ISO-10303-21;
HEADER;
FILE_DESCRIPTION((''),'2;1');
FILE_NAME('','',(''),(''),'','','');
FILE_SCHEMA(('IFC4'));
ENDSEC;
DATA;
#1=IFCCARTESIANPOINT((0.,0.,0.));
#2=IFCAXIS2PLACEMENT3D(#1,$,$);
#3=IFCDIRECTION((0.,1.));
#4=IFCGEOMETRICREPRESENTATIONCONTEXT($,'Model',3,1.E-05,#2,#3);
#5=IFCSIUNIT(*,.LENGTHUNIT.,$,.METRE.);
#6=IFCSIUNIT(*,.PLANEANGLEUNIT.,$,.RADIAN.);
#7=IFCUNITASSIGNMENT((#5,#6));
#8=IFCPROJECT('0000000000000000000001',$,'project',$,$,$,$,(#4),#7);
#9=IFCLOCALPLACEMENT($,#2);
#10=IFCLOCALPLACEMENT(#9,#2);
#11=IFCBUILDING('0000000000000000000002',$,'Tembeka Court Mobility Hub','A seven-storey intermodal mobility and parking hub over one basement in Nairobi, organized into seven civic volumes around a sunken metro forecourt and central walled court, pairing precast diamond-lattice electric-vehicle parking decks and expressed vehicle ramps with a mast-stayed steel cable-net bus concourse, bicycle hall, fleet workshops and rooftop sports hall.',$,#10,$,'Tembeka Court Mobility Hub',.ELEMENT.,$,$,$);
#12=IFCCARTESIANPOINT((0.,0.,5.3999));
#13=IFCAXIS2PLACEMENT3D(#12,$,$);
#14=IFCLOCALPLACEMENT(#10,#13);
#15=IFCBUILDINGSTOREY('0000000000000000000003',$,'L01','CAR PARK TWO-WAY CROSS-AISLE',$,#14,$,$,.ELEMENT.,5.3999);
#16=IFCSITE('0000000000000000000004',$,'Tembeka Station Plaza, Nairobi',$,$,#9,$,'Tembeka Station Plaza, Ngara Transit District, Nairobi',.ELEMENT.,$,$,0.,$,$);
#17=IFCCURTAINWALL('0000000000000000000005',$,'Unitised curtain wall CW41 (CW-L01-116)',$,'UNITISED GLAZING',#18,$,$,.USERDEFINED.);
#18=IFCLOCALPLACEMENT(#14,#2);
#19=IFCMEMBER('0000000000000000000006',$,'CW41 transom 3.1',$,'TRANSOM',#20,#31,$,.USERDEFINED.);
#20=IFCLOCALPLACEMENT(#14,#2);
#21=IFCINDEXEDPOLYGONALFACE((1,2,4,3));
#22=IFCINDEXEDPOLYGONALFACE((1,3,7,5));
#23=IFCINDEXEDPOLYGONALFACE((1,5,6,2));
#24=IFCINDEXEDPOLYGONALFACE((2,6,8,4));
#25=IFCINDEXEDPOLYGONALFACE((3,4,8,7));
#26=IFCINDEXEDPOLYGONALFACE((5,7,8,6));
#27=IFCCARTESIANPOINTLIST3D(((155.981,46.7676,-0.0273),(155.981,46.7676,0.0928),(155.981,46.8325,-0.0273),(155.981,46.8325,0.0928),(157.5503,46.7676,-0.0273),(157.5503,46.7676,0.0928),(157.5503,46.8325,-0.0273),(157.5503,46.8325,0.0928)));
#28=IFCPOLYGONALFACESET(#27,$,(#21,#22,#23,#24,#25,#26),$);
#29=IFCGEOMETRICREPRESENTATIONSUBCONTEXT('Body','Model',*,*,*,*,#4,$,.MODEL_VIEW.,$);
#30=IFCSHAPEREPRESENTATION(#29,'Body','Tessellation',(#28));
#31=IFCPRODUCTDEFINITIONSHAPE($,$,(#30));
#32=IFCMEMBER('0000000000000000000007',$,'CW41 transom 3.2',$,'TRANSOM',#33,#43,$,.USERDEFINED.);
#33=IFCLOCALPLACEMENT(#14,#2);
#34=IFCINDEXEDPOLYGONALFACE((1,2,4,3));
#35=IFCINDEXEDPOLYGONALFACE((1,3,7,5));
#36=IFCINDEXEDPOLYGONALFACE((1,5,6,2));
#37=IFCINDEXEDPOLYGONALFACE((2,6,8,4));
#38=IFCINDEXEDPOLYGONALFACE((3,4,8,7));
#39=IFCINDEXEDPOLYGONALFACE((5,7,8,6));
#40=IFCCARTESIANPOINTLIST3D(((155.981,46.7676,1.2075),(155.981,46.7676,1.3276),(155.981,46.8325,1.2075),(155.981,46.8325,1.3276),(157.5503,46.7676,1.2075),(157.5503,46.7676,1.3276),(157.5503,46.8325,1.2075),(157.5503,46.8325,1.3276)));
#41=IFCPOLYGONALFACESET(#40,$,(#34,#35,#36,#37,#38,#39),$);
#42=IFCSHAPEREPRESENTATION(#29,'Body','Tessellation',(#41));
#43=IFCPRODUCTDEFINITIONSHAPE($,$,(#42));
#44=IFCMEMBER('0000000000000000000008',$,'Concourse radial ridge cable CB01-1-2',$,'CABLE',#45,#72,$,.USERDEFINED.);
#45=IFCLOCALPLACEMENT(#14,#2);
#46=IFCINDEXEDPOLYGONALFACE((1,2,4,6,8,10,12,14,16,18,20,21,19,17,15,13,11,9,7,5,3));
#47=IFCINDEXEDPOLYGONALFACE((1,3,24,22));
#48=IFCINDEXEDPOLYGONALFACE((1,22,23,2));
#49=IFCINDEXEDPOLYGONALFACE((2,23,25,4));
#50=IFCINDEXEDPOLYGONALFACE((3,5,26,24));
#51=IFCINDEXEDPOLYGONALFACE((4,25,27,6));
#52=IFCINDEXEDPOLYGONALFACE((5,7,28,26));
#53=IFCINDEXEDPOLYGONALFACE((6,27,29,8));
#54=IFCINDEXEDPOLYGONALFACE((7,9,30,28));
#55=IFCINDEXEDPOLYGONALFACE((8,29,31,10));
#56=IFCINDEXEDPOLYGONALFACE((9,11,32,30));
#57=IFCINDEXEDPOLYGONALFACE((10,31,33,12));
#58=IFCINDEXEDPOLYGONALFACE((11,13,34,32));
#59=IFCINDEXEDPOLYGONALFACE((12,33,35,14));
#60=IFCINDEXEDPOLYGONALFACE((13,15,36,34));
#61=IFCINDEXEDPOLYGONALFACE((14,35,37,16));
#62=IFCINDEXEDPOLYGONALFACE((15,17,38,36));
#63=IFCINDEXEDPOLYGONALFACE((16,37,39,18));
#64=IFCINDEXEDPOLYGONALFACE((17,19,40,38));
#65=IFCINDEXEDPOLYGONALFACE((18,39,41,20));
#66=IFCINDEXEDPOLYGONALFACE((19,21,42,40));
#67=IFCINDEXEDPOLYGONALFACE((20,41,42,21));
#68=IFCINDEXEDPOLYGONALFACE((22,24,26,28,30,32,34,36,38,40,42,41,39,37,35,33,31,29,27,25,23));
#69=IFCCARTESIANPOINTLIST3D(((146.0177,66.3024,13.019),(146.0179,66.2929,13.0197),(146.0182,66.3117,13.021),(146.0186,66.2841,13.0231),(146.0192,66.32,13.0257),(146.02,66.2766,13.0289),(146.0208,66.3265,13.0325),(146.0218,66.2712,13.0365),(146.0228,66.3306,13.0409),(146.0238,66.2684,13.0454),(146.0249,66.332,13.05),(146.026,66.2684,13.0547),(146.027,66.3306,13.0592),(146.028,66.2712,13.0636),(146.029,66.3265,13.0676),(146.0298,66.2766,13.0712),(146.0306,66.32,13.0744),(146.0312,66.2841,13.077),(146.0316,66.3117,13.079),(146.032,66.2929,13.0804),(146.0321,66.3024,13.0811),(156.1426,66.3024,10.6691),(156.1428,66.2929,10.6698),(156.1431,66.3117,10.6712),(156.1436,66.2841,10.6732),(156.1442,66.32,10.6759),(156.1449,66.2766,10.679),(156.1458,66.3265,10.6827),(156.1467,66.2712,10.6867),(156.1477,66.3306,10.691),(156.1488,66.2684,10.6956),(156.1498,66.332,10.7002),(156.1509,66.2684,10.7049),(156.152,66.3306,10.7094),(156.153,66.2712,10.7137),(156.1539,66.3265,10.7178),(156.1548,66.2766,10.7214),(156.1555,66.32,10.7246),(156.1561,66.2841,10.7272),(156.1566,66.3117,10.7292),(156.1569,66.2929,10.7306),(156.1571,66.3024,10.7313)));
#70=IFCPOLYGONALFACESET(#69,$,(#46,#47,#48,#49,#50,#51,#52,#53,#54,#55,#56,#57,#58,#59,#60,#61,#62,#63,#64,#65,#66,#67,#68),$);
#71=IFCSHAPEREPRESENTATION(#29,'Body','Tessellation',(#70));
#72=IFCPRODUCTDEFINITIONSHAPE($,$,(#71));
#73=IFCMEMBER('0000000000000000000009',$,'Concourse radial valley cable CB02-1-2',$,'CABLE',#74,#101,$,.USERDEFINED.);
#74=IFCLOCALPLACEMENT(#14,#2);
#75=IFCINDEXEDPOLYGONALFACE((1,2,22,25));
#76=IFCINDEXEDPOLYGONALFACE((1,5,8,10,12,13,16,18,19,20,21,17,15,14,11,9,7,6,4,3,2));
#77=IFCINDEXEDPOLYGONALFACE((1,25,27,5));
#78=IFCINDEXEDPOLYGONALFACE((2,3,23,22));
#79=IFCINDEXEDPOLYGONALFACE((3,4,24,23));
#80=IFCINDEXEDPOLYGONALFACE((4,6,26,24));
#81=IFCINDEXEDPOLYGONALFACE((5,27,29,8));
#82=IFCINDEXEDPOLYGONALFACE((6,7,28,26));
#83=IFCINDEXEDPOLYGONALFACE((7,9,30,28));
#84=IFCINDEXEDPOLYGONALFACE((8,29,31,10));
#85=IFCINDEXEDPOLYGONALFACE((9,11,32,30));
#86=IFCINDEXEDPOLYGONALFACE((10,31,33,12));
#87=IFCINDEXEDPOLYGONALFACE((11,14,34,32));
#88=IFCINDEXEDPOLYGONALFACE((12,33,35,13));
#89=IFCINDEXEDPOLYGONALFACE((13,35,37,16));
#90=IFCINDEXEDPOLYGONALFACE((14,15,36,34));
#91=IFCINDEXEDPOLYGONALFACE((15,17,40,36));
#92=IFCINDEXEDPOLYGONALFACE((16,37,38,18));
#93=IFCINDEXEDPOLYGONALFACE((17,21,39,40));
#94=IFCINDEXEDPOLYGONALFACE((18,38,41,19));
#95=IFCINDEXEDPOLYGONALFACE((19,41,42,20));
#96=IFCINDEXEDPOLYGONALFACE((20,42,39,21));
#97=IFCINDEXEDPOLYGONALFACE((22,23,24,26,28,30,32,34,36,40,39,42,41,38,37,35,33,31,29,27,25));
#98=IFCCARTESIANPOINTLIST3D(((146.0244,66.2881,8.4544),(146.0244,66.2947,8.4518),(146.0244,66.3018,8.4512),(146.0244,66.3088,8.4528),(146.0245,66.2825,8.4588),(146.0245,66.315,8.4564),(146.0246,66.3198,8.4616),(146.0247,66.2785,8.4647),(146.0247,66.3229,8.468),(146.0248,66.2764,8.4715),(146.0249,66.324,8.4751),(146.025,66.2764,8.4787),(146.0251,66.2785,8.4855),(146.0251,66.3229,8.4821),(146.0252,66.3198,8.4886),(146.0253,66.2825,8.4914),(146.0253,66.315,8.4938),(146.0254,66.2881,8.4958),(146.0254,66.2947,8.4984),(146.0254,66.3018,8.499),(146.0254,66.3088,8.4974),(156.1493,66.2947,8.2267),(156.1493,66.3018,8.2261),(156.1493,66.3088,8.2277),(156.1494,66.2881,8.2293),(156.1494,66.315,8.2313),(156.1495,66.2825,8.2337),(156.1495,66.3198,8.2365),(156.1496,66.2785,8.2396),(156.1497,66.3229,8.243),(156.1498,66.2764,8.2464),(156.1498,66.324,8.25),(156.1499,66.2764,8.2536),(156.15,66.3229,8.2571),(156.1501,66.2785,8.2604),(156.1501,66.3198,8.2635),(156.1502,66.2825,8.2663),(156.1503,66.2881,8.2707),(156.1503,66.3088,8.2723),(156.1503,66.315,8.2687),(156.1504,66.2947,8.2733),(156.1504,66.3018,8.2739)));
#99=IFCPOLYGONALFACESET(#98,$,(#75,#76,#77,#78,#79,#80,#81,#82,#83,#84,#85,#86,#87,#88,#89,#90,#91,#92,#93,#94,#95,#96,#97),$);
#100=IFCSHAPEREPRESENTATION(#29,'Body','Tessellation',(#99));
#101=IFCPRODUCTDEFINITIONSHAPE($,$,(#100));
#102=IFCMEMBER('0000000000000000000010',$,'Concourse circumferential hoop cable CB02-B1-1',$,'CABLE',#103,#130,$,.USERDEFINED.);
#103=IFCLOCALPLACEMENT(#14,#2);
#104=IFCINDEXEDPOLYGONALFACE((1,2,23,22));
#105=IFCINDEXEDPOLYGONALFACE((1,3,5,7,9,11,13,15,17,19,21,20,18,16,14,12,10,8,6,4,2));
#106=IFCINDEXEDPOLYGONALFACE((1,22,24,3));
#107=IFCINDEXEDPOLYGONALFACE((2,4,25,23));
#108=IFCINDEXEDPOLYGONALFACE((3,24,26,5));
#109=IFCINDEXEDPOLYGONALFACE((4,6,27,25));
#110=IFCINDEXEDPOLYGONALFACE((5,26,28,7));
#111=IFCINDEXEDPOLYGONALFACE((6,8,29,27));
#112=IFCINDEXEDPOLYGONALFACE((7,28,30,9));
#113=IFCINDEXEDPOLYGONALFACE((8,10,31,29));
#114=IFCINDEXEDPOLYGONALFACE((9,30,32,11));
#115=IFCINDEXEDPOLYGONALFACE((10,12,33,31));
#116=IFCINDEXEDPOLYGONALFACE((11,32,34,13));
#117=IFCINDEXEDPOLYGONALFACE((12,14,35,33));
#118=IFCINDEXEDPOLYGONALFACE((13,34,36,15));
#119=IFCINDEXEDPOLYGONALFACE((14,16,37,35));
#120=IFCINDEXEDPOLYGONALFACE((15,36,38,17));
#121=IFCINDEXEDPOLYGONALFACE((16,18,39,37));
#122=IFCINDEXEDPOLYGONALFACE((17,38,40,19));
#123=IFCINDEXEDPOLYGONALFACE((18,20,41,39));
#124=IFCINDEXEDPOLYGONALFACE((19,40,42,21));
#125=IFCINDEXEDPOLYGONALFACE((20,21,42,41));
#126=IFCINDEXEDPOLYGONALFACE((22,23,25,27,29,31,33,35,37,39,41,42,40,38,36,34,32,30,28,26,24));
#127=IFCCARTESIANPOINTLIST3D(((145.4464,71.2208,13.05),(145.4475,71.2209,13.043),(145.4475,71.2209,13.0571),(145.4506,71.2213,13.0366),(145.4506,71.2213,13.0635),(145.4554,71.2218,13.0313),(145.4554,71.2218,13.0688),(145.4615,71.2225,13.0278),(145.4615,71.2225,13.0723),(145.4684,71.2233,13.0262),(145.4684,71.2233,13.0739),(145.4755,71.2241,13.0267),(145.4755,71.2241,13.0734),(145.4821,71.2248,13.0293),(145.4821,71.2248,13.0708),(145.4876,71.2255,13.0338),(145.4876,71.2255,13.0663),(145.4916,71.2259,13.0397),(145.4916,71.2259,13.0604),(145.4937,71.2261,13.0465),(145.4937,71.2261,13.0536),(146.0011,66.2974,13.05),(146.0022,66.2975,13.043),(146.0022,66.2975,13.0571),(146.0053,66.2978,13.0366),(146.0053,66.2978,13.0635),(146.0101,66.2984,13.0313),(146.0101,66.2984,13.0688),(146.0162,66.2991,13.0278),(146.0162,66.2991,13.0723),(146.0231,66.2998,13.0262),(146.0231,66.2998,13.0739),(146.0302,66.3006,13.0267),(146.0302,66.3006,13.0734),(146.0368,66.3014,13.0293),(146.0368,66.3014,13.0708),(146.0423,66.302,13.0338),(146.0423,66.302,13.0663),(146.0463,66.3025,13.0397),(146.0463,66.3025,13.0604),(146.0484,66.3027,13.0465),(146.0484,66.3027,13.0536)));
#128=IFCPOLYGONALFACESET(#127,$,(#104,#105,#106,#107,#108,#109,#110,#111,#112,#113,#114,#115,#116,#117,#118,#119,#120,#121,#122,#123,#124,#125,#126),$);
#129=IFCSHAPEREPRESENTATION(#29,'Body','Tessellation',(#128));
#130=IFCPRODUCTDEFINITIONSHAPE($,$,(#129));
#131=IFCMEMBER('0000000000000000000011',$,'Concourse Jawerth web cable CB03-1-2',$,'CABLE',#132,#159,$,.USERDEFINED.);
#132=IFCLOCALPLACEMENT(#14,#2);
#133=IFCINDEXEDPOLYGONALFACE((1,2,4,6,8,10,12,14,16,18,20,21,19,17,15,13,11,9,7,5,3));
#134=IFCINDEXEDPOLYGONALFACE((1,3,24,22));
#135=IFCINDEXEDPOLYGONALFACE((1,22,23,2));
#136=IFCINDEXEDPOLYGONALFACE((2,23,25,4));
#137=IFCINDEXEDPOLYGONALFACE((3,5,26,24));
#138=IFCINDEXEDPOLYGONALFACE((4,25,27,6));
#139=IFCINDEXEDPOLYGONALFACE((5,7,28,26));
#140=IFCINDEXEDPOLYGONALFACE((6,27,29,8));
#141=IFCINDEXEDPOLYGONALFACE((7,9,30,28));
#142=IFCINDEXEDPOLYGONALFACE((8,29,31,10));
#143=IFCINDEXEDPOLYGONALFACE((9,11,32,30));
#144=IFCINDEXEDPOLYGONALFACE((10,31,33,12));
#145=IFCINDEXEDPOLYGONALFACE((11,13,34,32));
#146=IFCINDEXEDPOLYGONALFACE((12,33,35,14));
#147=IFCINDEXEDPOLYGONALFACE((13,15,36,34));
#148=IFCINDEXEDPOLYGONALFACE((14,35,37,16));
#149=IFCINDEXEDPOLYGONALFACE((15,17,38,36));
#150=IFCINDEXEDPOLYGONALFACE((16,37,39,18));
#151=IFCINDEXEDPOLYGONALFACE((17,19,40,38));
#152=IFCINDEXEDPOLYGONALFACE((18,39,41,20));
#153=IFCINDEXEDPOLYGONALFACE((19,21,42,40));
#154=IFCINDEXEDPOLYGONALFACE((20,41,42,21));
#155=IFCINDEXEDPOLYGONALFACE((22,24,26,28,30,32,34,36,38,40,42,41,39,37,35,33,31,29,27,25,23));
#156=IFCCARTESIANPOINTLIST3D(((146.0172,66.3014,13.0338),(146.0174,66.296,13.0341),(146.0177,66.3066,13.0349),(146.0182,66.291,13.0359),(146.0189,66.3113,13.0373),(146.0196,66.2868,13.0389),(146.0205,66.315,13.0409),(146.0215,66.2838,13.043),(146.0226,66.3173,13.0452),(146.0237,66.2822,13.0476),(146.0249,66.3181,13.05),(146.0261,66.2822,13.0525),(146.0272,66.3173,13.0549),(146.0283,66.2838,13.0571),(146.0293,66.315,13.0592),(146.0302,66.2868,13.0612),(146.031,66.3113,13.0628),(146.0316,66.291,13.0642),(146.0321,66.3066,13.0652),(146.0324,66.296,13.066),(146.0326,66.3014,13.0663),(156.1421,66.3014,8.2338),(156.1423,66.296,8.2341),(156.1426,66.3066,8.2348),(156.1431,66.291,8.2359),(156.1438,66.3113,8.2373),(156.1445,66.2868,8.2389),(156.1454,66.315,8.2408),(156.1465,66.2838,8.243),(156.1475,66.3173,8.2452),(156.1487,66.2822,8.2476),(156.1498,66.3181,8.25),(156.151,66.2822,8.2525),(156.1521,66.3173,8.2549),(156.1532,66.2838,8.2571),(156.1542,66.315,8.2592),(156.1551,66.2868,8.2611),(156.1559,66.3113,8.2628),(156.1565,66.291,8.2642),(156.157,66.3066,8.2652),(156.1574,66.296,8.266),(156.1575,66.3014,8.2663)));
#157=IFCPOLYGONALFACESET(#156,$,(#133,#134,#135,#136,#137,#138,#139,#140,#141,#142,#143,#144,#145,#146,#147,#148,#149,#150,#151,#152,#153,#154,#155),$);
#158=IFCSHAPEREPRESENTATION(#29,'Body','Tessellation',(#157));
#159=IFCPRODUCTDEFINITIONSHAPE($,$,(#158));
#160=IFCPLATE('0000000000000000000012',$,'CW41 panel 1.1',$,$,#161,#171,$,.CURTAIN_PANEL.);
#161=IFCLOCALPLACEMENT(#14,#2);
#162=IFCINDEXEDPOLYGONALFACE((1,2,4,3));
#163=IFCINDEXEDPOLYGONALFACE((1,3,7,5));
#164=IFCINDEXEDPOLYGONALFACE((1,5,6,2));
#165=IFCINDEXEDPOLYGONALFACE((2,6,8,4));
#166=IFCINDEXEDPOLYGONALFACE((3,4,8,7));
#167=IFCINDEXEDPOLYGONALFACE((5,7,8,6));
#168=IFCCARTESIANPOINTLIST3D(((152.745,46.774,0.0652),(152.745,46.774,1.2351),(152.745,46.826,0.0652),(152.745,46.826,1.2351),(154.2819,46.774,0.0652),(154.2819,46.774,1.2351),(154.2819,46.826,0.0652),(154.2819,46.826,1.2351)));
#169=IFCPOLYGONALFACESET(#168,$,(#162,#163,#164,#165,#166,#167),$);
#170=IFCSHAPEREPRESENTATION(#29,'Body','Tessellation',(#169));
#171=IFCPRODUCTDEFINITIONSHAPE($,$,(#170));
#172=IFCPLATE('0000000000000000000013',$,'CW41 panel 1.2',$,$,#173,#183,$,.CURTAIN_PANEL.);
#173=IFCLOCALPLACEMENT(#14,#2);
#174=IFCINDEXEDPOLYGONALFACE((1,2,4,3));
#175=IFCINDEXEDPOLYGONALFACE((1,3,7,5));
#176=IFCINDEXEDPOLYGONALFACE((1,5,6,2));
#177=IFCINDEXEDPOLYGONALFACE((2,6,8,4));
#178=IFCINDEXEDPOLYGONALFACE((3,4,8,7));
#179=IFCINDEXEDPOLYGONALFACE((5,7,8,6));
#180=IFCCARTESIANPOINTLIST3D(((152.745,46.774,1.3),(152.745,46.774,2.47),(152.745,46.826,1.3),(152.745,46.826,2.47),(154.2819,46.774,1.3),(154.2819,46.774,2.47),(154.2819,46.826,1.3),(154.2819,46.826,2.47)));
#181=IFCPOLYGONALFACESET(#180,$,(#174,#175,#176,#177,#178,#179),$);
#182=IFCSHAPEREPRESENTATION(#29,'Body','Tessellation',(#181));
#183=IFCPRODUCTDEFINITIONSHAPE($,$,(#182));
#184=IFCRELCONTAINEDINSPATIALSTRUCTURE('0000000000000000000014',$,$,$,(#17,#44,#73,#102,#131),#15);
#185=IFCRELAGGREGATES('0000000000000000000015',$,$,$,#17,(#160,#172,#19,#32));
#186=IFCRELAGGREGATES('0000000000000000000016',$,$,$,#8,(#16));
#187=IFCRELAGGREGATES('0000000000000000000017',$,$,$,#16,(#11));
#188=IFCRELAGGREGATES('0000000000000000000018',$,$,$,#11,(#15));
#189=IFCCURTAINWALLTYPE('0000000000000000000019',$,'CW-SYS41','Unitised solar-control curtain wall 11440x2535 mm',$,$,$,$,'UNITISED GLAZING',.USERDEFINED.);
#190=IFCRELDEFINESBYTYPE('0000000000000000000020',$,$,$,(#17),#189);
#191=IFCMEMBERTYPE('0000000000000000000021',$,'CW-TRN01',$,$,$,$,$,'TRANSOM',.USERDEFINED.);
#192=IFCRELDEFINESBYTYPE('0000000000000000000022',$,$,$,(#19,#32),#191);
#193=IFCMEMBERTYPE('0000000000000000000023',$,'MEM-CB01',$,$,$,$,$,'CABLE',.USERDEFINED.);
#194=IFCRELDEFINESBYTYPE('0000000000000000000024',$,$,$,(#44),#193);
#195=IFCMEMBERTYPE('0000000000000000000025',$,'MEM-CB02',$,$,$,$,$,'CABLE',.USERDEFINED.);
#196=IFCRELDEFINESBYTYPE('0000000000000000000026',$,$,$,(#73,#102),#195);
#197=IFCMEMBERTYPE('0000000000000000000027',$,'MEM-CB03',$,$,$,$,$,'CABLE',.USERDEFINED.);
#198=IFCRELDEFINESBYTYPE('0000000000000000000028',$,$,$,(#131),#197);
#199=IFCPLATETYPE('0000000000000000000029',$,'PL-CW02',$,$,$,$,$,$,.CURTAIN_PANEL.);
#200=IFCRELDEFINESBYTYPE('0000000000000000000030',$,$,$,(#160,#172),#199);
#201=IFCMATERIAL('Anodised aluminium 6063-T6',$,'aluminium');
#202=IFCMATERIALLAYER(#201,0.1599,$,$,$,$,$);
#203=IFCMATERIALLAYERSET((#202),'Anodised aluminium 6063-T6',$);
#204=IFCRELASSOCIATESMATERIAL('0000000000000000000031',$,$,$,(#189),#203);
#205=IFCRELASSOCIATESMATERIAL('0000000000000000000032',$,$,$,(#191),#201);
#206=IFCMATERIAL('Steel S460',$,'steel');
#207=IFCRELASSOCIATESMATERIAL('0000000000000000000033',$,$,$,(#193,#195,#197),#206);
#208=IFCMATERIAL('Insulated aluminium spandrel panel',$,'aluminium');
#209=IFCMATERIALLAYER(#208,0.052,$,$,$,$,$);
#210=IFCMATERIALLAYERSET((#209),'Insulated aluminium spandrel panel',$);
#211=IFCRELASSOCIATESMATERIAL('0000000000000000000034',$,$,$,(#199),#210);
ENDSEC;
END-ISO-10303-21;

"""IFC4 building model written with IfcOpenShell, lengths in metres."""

from ifc_helpers import new_model, si_unit, direction, frame, origin, origin_2d, place, context, subcontext, project, spatial, rectangle, circle, extrude, material, layer, layer_set, material_profile, profile_set, type_object, element, aggregate, save


model = new_model("IFC4")

# Units and contexts
model_context = context("Model", 3, precision=1e-05, world=origin(), true_north=direction((0.0, 1.0)))
body_context = subcontext(model_context, "Body", "Model", "MODEL_VIEW")
ifc_project = project(units=[si_unit("LENGTHUNIT", "METRE"), si_unit("PLANEANGLEUNIT", "RADIAN")], contexts=[model_context])

# Site, building, storey
site_placement = place(None, origin())
site = spatial("IfcSite", under=ifc_project, at=site_placement, Name="Tembeka Station Plaza, Nairobi", LongName="Tembeka Station Plaza, Ngara Transit District, Nairobi", CompositionType="ELEMENT", RefElevation=0.0)
building_placement = place(site_placement, origin())
building = spatial("IfcBuilding", under=site, at=building_placement, Name="Tembeka Court Mobility Hub", Description="A seven-storey intermodal mobility and parking hub over one basement in Nairobi, organized into seven civic volumes around a sunken metro forecourt and central walled court, pairing precast diamond-lattice electric-vehicle parking decks and expressed vehicle ramps with a mast-stayed steel cable-net bus concourse, bicycle hall, fleet workshops and rooftop sports hall.", LongName="Tembeka Court Mobility Hub", CompositionType="ELEMENT")
storey_placement = place(building_placement, frame((0.0, 0.0, 5.3999)))
storey = spatial("IfcBuildingStorey", under=building, at=storey_placement, Name="L01", Description="CAR PARK TWO-WAY CROSS-AISLE", CompositionType="ELEMENT", Elevation=5.3999)

# Curtain wall, members
ifc_material_1 = material(Name="Anodised aluminium 6063-T6", Category="aluminium")
ifc_layer_1 = layer(ifc_material_1, 0.1599)
ifc_layer_set_1 = layer_set([ifc_layer_1], Name="Anodised aluminium 6063-T6")
curtain_wall_type = type_object("IfcCurtainWallType", Name="CW-SYS41", Description="Unitised solar-control curtain wall 11440x2535 mm", ElementType="UNITISED GLAZING", PredefinedType="USERDEFINED", material=ifc_layer_set_1)
curtain_wall_placement = place(storey_placement, origin())
curtain_wall = element("IfcCurtainWall", 1, at=curtain_wall_placement, inside=storey, type_object=curtain_wall_type, Name="Unitised curtain wall CW41 (CW-L01-116)", ObjectType="UNITISED GLAZING", PredefinedType="USERDEFINED")
ifc_material_profile_1 = material_profile(ifc_material_1, rectangle(XDim=0.0649, YDim=0.1201, at=origin_2d()), Name="ALU-TRN 65x120")
ifc_profile_set_1 = profile_set([ifc_material_profile_1], Name="Anodised aluminium 6063-T6")
member_type_1 = type_object("IfcMemberType", Name="CW-TRN01", ElementType="TRANSOM", PredefinedType="USERDEFINED", material=ifc_profile_set_1)
member_1_placement = place(storey_placement, frame((155.981, 46.8, 0.0327), z_axis=(1.0, 0.0, 0.0), x_axis=(0.0, 1.0, 0.0)))
member_1 = element("IfcMember", 2, at=member_1_placement, type_object=member_type_1, Name="CW41 transom 3.1", ObjectType="TRANSOM", PredefinedType="USERDEFINED", context=body_context, shape_type="SweptSolid", body=[
    extrude(rectangle(XDim=0.0649, YDim=0.1201, at=origin_2d()), origin(), (0.0, 0.0, 1.0), 1.5693),
])
member_2_placement = place(storey_placement, frame((155.981, 46.8, 1.2676), z_axis=(1.0, 0.0, 0.0), x_axis=(0.0, 1.0, 0.0)))
member_2 = element("IfcMember", 3, at=member_2_placement, type_object=member_type_1, Name="CW41 transom 3.2", ObjectType="TRANSOM", PredefinedType="USERDEFINED", context=body_context, shape_type="SweptSolid", body=[
    extrude(rectangle(XDim=0.0649, YDim=0.1201, at=origin_2d()), origin(), (0.0, 0.0, 1.0), 1.5693),
])

# Members
ifc_material_2 = material(Name="Steel S460", Category="steel")
ifc_material_profile_2 = material_profile(ifc_material_2, circle(Radius=0.032, at=origin_2d()), Name="CABLE D64")
ifc_profile_set_2 = profile_set([ifc_material_profile_2], Name="Steel S460")
member_type_2 = type_object("IfcMemberType", Name="MEM-CB01", ElementType="CABLE", PredefinedType="USERDEFINED", material=ifc_profile_set_2)
member_3_placement = place(storey_placement, frame((146.0249, 66.3, 13.05), z_axis=(0.97411, 0.0, -0.226076), x_axis=(0.0, 1.0, 0.0)))
element("IfcMember", 4, at=member_3_placement, inside=storey, type_object=member_type_2, Name="Concourse radial ridge cable CB01-1-2", ObjectType="CABLE", PredefinedType="USERDEFINED", context=body_context, shape_type="SweptSolid", body=[
    extrude(circle(Radius=0.032, at=origin_2d()), origin(), (0.0, 0.0, 1.0), 10.394),
])
ifc_material_profile_3 = material_profile(ifc_material_2, circle(Radius=0.0239, at=origin_2d()), Name="CABLE D48")
ifc_profile_set_3 = profile_set([ifc_material_profile_3], Name="Steel S460")
member_type_3 = type_object("IfcMemberType", Name="MEM-CB02", ElementType="CABLE", PredefinedType="USERDEFINED", material=ifc_profile_set_3)
member_4_placement = place(storey_placement, frame((146.0249, 66.3, 8.4751), z_axis=(0.999753, 0.0, -0.022226), x_axis=(0.0, 1.0, 0.0)))
element("IfcMember", 5, at=member_4_placement, inside=storey, type_object=member_type_3, Name="Concourse radial valley cable CB02-1-2", ObjectType="CABLE", PredefinedType="USERDEFINED", context=body_context, shape_type="SweptSolid", body=[
    extrude(circle(Radius=0.0239, at=origin_2d()), origin(), (0.0, 0.0, 1.0), 10.1274),
])
member_5_placement = place(storey_placement, frame((146.0249, 66.3, 13.05), z_axis=(-0.111957, 0.993713, 0.0), x_axis=(-0.993713, -0.111957, 0.0)))
element("IfcMember", 6, at=member_5_placement, inside=storey, type_object=member_type_3, Name="Concourse circumferential hoop cable CB02-B1-1", ObjectType="CABLE", PredefinedType="USERDEFINED", context=body_context, shape_type="SweptSolid", body=[
    extrude(circle(Radius=0.0239, at=origin_2d()), origin(), (0.0, 0.0, 1.0), 4.9546),
])
ifc_material_profile_4 = material_profile(ifc_material_2, circle(Radius=0.0181, at=origin_2d()), Name="CABLE D36")
ifc_profile_set_4 = profile_set([ifc_material_profile_4], Name="Steel S460")
member_type_4 = type_object("IfcMemberType", Name="MEM-CB03", ElementType="CABLE", PredefinedType="USERDEFINED", material=ifc_profile_set_4)
member_6_placement = place(storey_placement, frame((146.0249, 66.3, 13.05), z_axis=(0.9036, 0.0, -0.428378), x_axis=(0.0, 1.0, 0.0)))
element("IfcMember", 7, at=member_6_placement, inside=storey, type_object=member_type_4, Name="Concourse Jawerth web cable CB03-1-2", ObjectType="CABLE", PredefinedType="USERDEFINED", context=body_context, shape_type="SweptSolid", body=[
    extrude(circle(Radius=0.0181, at=origin_2d()), origin(), (0.0, 0.0, 1.0), 11.2051),
])

# Plates
ifc_material_3 = material(Name="Insulated aluminium spandrel panel", Category="aluminium")
ifc_layer_2 = layer(ifc_material_3, 0.052)
ifc_layer_set_2 = layer_set([ifc_layer_2], Name="Insulated aluminium spandrel panel")
plate_type = type_object("IfcPlateType", Name="PL-CW02", PredefinedType="CURTAIN_PANEL", material=ifc_layer_set_2)
plate_1_placement = place(storey_placement, frame((153.5134, 46.8, 0.0652), z_axis=(0.0, 0.0, 1.0), x_axis=(1.0, 0.0, 0.0)))
plate_1 = element("IfcPlate", 8, at=plate_1_placement, type_object=plate_type, Name="CW41 panel 1.1", PredefinedType="CURTAIN_PANEL", context=body_context, shape_type="SweptSolid", body=[
    extrude(rectangle(XDim=1.5369, YDim=0.052, at=origin_2d()), origin(), (0.0, 0.0, 1.0), 1.1699),
])
plate_2_placement = place(storey_placement, frame((153.5134, 46.8, 1.3), z_axis=(0.0, 0.0, 1.0), x_axis=(1.0, 0.0, 0.0)))
plate_2 = element("IfcPlate", 9, at=plate_2_placement, type_object=plate_type, Name="CW41 panel 1.2", PredefinedType="CURTAIN_PANEL", context=body_context, shape_type="SweptSolid", body=[
    extrude(rectangle(XDim=1.5369, YDim=0.052, at=origin_2d()), origin(), (0.0, 0.0, 1.0), 1.1699),
])
aggregate(curtain_wall, [plate_1, plate_2, member_1, member_2])

save(model, "model.ifc")
